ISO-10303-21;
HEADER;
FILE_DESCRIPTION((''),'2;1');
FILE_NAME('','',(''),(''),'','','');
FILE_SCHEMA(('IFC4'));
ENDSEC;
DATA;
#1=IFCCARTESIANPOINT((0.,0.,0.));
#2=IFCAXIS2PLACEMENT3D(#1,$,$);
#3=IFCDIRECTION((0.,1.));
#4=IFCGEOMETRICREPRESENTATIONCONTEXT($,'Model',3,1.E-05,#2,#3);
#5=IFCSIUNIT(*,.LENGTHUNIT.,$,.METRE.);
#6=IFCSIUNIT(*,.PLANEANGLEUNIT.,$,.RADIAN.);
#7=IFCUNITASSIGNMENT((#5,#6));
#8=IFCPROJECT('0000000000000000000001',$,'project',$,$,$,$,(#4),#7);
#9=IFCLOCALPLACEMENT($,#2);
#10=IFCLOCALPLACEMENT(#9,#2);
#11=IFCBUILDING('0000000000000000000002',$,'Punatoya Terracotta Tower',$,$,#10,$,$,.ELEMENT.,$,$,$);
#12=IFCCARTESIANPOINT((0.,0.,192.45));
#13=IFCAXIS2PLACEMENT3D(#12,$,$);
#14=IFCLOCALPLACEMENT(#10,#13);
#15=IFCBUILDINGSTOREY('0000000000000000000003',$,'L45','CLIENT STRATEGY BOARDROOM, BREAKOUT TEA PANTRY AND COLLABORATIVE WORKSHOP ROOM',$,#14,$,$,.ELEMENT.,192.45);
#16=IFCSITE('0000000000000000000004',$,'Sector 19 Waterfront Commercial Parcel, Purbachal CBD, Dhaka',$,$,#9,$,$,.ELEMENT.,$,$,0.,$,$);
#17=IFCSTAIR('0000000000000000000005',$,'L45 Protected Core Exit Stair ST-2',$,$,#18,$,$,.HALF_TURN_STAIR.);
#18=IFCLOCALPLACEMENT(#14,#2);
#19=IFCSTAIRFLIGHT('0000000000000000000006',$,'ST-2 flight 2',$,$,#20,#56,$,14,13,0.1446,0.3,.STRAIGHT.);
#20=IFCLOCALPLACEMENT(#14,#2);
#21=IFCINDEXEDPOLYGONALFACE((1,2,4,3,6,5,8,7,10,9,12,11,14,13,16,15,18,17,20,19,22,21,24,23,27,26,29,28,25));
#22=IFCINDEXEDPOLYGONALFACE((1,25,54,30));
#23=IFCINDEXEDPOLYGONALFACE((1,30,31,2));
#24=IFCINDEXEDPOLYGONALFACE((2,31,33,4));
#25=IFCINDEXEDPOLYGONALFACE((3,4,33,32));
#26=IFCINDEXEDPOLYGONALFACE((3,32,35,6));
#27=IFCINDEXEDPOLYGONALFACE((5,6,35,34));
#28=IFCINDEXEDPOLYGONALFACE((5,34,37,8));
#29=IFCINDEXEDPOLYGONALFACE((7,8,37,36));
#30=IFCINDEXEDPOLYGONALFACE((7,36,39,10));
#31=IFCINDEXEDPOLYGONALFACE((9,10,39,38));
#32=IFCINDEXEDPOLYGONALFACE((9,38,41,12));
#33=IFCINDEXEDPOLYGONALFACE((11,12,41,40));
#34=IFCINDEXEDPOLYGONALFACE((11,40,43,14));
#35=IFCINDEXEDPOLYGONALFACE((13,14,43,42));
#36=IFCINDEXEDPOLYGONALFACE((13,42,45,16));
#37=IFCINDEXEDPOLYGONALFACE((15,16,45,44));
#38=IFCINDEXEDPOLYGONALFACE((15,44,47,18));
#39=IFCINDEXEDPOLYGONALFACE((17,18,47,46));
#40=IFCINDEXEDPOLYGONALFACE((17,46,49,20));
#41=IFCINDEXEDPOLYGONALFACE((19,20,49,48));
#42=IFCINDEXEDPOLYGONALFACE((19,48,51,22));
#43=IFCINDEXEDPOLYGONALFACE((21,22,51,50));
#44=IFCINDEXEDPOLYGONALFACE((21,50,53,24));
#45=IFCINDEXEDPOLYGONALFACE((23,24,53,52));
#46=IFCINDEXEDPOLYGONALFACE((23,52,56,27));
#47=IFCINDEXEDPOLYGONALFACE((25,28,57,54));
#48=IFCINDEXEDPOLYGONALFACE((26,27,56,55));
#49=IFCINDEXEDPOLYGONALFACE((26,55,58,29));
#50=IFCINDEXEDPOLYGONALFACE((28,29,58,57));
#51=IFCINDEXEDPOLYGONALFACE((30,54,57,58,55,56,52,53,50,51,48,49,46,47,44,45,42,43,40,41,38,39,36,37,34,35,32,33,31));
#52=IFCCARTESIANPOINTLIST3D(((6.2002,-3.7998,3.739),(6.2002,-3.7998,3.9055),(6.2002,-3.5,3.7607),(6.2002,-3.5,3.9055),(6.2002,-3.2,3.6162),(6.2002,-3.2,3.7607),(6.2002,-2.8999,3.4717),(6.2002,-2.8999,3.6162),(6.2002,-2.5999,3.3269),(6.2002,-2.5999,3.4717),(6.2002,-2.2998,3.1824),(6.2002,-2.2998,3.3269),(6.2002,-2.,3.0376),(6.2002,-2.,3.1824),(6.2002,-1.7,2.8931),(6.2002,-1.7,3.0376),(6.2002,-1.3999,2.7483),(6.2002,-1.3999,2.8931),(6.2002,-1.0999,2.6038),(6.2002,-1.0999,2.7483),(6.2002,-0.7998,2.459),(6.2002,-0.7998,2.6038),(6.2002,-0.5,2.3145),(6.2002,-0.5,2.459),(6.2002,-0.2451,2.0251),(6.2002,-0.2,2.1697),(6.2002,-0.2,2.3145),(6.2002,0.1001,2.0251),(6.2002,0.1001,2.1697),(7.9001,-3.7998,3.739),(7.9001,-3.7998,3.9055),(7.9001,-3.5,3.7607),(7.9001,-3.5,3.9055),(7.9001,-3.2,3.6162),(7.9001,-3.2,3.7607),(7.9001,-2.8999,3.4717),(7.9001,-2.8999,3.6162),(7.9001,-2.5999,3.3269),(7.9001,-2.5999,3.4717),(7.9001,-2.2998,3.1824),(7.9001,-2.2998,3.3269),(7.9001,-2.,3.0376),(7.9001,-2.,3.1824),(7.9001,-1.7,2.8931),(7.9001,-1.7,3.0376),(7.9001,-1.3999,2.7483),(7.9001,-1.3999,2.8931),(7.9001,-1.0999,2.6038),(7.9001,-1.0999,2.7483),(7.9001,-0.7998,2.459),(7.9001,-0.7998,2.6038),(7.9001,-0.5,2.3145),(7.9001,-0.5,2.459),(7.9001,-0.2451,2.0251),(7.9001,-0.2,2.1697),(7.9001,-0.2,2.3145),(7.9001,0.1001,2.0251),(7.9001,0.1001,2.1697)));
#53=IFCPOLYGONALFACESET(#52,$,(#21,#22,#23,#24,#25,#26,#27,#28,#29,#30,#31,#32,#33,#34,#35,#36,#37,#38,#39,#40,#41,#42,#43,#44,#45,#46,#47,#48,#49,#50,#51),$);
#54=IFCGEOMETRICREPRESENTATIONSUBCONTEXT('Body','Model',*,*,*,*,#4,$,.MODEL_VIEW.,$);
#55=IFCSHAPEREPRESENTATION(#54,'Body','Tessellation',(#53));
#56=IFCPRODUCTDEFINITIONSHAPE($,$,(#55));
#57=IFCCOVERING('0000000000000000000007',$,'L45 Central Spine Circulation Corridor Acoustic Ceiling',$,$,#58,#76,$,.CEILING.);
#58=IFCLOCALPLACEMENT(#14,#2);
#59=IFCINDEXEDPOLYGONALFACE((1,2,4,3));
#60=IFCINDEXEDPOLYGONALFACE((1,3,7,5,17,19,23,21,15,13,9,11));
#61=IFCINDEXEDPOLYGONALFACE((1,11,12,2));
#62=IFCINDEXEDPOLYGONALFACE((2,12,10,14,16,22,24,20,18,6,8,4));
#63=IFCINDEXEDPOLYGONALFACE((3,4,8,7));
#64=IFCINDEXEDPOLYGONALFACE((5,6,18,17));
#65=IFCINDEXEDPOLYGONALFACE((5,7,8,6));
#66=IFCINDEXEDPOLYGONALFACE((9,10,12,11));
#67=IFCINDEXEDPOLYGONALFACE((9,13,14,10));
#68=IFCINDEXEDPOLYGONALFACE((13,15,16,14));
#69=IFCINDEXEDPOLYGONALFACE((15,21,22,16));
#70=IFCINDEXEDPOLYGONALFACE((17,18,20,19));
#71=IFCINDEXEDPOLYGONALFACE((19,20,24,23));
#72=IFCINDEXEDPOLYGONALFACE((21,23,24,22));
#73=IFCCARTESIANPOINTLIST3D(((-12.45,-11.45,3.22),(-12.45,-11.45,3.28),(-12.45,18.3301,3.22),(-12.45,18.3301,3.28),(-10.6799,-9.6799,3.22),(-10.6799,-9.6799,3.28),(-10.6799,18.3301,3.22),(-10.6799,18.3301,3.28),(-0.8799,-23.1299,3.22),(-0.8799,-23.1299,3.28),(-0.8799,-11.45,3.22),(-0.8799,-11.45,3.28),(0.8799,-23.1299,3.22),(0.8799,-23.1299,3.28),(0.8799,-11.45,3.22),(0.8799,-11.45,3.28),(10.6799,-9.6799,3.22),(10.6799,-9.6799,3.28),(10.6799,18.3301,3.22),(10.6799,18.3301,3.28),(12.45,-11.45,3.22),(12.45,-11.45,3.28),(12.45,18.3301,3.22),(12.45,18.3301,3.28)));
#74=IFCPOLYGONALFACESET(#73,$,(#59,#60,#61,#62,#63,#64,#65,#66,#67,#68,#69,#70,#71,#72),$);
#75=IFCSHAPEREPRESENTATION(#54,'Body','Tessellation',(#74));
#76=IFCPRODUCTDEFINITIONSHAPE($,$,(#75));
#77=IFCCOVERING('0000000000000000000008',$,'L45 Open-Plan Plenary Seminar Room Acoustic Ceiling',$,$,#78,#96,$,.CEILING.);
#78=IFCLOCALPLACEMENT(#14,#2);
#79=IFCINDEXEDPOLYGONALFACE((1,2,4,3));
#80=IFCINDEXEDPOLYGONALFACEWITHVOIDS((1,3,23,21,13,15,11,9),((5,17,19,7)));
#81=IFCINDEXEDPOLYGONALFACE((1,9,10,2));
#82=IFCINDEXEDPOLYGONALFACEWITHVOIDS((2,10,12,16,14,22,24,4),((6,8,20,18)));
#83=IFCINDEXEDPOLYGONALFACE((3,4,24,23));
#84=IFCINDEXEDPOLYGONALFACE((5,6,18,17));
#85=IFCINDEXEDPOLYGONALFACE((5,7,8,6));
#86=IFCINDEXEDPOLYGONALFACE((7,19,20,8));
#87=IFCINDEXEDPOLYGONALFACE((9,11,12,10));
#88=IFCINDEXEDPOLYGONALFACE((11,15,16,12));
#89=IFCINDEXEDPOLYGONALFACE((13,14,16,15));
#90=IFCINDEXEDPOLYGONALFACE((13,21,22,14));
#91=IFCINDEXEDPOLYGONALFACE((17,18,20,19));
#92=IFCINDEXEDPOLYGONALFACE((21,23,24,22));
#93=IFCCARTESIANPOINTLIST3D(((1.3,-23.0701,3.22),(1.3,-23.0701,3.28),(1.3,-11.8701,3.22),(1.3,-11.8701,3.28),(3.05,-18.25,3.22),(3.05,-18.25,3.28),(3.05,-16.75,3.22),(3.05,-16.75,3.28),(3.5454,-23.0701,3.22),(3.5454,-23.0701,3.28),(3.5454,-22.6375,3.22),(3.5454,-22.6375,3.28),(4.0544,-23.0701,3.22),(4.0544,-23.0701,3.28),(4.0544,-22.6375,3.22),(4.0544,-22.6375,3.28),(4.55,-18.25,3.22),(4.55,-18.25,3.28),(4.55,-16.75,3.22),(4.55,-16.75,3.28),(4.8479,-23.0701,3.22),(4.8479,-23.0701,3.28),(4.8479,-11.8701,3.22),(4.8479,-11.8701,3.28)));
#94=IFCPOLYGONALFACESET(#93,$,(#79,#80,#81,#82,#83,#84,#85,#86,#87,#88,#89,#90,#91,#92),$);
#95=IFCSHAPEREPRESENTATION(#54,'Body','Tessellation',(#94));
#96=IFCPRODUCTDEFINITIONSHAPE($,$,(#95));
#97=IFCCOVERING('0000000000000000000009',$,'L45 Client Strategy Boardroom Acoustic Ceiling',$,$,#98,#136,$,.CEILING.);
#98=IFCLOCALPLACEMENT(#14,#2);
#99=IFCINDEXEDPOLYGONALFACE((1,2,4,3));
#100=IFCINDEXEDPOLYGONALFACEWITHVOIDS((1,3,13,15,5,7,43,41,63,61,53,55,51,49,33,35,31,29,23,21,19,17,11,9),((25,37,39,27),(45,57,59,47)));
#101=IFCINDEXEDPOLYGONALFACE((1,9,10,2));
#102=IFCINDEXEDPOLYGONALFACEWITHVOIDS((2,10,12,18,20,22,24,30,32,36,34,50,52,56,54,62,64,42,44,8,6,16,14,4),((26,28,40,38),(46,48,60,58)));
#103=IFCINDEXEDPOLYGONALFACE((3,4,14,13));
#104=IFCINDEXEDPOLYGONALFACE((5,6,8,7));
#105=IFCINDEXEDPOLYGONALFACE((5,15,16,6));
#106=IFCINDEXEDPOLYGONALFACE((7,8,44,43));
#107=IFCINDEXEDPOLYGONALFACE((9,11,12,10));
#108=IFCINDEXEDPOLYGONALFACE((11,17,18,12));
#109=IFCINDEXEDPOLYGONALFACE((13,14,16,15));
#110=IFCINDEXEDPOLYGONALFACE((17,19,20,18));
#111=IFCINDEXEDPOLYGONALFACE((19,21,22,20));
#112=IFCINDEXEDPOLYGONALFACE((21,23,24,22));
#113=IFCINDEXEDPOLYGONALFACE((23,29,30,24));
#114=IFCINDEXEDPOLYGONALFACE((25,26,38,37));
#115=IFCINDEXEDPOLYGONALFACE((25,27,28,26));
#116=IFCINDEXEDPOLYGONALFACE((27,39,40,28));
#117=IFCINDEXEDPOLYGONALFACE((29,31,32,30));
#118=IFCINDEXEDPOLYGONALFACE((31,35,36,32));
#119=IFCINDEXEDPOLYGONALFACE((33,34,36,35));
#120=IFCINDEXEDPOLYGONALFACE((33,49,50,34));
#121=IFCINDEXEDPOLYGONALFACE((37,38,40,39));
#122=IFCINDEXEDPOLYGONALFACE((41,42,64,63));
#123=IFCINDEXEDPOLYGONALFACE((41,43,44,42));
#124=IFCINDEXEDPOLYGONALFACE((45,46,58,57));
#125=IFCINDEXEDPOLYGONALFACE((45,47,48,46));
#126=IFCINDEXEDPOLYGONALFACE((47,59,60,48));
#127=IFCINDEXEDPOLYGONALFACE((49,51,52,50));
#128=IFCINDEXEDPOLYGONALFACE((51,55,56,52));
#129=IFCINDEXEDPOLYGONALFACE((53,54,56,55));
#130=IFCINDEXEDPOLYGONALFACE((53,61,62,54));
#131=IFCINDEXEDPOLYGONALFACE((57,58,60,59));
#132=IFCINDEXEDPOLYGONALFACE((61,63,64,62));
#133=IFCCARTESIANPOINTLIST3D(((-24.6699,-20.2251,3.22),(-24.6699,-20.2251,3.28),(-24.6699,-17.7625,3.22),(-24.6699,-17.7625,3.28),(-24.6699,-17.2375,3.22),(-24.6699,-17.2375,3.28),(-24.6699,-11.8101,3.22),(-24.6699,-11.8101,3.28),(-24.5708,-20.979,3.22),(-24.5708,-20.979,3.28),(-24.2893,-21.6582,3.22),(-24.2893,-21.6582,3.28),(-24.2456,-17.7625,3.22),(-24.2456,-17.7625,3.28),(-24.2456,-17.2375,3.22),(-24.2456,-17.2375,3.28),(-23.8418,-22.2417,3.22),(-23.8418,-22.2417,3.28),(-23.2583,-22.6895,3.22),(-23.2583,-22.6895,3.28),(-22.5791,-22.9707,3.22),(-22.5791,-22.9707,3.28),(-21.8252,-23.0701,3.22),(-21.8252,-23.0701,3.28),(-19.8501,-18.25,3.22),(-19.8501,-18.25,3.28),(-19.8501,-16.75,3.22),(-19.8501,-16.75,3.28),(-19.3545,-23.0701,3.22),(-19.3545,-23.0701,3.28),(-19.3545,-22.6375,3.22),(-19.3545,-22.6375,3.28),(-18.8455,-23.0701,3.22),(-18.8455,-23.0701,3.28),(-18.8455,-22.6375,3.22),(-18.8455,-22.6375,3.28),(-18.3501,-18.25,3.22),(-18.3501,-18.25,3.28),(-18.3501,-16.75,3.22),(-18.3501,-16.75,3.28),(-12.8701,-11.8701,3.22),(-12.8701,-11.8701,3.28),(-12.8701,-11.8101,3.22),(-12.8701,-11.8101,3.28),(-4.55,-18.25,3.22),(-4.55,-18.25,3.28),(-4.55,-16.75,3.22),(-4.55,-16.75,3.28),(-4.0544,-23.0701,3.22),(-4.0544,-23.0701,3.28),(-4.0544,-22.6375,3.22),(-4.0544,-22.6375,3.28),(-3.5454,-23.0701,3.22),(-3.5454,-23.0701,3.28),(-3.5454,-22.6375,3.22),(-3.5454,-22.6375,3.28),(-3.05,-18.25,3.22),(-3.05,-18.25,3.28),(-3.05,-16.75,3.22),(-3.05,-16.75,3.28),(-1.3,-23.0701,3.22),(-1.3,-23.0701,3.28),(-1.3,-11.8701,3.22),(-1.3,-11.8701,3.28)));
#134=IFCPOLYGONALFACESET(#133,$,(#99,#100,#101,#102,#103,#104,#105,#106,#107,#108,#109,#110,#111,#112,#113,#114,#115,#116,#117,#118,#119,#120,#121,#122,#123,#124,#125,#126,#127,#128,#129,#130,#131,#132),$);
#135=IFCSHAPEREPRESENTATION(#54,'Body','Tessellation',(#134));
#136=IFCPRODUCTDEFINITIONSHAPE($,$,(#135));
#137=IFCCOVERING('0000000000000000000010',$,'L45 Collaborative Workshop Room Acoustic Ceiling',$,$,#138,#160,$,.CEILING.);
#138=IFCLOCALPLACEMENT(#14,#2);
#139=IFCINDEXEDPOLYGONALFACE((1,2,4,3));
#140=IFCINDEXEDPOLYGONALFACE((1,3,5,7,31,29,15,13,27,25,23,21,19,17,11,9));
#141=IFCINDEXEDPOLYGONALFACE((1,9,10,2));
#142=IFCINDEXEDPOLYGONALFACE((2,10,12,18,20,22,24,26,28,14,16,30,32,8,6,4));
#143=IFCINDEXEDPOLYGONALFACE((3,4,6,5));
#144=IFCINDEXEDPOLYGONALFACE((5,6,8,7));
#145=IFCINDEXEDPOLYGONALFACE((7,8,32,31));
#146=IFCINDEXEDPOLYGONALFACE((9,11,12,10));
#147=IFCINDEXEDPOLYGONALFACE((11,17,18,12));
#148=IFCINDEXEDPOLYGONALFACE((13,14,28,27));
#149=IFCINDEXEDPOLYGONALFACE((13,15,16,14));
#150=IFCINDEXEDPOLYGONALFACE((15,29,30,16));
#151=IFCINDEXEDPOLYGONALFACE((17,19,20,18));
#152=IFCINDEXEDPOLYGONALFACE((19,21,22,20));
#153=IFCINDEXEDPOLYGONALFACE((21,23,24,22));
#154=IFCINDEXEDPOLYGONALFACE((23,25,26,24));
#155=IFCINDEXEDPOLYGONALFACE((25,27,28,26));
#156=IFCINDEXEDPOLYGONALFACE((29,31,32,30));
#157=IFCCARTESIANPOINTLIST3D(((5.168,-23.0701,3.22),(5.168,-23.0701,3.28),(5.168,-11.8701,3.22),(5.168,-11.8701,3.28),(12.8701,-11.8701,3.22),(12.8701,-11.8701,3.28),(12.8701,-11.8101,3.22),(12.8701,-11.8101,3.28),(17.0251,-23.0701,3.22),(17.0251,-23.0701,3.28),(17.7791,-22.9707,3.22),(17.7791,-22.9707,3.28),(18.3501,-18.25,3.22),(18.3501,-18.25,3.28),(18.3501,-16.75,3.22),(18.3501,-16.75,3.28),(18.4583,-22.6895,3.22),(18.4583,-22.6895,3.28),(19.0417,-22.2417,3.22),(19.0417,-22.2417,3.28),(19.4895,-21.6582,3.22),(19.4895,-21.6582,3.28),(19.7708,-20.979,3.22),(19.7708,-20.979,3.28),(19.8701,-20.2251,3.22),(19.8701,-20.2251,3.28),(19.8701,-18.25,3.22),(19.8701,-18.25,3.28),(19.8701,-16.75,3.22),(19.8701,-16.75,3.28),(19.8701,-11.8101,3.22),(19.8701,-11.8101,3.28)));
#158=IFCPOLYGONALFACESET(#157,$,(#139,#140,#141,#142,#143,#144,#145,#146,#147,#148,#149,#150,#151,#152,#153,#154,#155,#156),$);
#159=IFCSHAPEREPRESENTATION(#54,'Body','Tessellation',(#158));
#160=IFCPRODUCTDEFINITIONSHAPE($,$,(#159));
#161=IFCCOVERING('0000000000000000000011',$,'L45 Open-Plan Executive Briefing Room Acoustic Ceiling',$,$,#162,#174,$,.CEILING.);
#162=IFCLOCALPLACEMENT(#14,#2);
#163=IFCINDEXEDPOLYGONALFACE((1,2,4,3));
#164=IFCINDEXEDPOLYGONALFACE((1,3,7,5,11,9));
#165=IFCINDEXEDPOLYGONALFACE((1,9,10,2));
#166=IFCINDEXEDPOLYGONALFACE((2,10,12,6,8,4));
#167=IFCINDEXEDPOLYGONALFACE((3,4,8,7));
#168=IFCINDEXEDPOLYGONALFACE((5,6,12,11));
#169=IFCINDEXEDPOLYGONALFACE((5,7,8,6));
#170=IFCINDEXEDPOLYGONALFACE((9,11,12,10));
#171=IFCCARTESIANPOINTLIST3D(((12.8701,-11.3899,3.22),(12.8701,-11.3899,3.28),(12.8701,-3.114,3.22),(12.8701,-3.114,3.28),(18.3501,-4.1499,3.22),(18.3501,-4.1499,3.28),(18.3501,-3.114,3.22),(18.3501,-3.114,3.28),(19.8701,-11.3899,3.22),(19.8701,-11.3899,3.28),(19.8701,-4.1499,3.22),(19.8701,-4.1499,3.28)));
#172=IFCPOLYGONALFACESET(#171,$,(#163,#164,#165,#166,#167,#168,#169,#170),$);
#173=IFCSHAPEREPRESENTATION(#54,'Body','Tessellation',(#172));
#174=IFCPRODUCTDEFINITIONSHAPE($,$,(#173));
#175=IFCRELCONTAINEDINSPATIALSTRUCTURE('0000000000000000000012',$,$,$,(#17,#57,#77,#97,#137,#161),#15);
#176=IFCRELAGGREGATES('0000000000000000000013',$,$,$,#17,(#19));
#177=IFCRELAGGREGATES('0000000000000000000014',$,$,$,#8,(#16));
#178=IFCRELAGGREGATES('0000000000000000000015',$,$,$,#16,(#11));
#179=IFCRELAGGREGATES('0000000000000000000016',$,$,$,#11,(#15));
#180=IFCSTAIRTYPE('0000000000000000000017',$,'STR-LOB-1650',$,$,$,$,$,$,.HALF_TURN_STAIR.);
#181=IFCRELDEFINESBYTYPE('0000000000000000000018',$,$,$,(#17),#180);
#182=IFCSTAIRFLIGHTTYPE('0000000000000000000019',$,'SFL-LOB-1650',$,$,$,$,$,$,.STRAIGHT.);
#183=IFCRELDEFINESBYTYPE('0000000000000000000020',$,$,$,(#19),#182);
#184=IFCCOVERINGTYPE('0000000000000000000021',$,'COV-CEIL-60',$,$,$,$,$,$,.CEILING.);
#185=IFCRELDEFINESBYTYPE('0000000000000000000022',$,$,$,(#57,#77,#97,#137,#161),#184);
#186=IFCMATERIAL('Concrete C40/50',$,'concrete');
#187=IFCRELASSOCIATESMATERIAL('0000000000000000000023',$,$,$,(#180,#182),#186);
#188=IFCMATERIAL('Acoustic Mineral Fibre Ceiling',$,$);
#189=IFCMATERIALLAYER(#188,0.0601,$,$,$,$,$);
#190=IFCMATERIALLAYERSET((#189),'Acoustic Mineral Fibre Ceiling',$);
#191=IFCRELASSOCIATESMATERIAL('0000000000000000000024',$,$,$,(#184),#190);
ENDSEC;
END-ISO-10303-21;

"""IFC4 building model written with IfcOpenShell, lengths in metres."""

from ifc_helpers import new_model, si_unit, direction, frame, origin, place, context, subcontext, project, spatial, polyline, outline, extrude, material, layer, layer_set, type_object, element, aggregate, save


model = new_model("IFC4")

# Units and contexts
model_context = context("Model", 3, precision=1e-05, world=origin(), true_north=direction((0.0, 1.0)))
body_context = subcontext(model_context, "Body", "Model", "MODEL_VIEW")
ifc_project = project(units=[si_unit("LENGTHUNIT", "METRE"), si_unit("PLANEANGLEUNIT", "RADIAN")], contexts=[model_context])

# Site, building, storey
site_placement = place(None, origin())
site = spatial("IfcSite", under=ifc_project, at=site_placement, Name="Sector 19 Waterfront Commercial Parcel, Purbachal CBD, Dhaka", CompositionType="ELEMENT", RefElevation=0.0)
building_placement = place(site_placement, origin())
building = spatial("IfcBuilding", under=site, at=building_placement, Name="Punatoya Terracotta Tower", CompositionType="ELEMENT")
storey_placement = place(building_placement, frame((0.0, 0.0, 192.45)))
storey = spatial("IfcBuildingStorey", under=building, at=storey_placement, Name="L45", Description="CLIENT STRATEGY BOARDROOM, BREAKOUT TEA PANTRY AND COLLABORATIVE WORKSHOP ROOM", CompositionType="ELEMENT", Elevation=192.45)

# Stair
ifc_material_1 = material(Name="Concrete C40/50", Category="concrete")
stair_type_1 = type_object("IfcStairType", Name="STR-LOB-1650", PredefinedType="HALF_TURN_STAIR", material=ifc_material_1)
stair_1_placement = place(storey_placement, origin())
stair_1 = element("IfcStair", 1, at=stair_1_placement, inside=storey, type_object=stair_type_1, Name="L45 Protected Core Exit Stair ST-2", PredefinedType="HALF_TURN_STAIR")

# Stair flight
stair_flight_type = type_object("IfcStairFlightType", Name="SFL-LOB-1650", PredefinedType="STRAIGHT", material=ifc_material_1)
stair_flight_placement = place(storey_placement, frame((7.05, 0.1001, 2.0251), z_axis=(0.0, 0.0, 1.0), x_axis=(0.0, -1.0, 0.0)))
stair_flight = element("IfcStairFlight", 2, at=stair_flight_placement, type_object=stair_flight_type, Name="ST-2 flight 2", NumberOfRisers=14, NumberOfTreads=13, PredefinedType="STRAIGHT", RiserHeight=0.1446, TreadLength=0.3, context=body_context, shape_type="SweptSolid", body=[
    extrude(outline(polyline([(0.0, 0.0), (0.0, 0.1445), (0.3, 0.1445), (0.3, 0.2893), (0.6001, 0.2893), (0.6001, 0.4338), (0.8999, 0.4338), (0.8999, 0.5786), (1.2, 0.5786), (1.2, 0.7231), (1.5, 0.7231), (1.5, 0.8679), (1.8, 0.8679), (1.8, 1.0125), (2.1001, 1.0125), (2.1001, 1.1572), (2.3999, 1.1572), (2.3999, 1.3018), (2.7, 1.3018), (2.7, 1.4465), (3.0, 1.4465), (3.0, 1.5911), (3.3, 1.5911), (3.3, 1.7356), (3.6001, 1.7356), (3.6001, 1.8804), (3.8999, 1.8804), (3.8999, 2.0249), (3.8999, 1.7139), (0.3452, 0.0), (0.0, 0.0)])), frame((0.0, 0.8501, 0.0), z_axis=(0.0, -1.0, 0.0), x_axis=(1.0, 0.0, 0.0)), (0.0, 0.0, 1.0), 1.7),
])
aggregate(stair_1, [stair_flight])

# Coverings
ifc_material_2 = material(Name="Acoustic Mineral Fibre Ceiling")
ifc_layer_1 = layer(ifc_material_2, 0.0601)
ifc_layer_set_1 = layer_set([ifc_layer_1], Name="Acoustic Mineral Fibre Ceiling")
covering_type = type_object("IfcCoveringType", Name="COV-CEIL-60", PredefinedType="CEILING", material=ifc_layer_set_1)
covering_1_placement = place(storey_placement, frame((0.0, 0.0, 3.22)))
element("IfcCovering", 3, at=covering_1_placement, inside=storey, type_object=covering_type, Name="L45 Central Spine Circulation Corridor Acoustic Ceiling", PredefinedType="CEILING", context=body_context, shape_type="SweptSolid", body=[
    extrude(outline(polyline([(12.45, -11.45), (12.45, 18.3301), (10.6799, 18.3301), (10.6799, -9.6799), (-10.6799, -9.6799), (-10.6799, 18.3301), (-12.45, 18.3301), (-12.45, -11.45), (-0.8799, -11.45), (-0.8799, -23.1299), (0.8799, -23.1299), (0.8799, -11.45), (12.45, -11.45)])), origin(), (0.0, 0.0, 1.0), 0.0601),
])
covering_2_placement = place(storey_placement, frame((0.0, 0.0, 3.22)))
element("IfcCovering", 4, at=covering_2_placement, inside=storey, type_object=covering_type, Name="L45 Open-Plan Plenary Seminar Room Acoustic Ceiling", PredefinedType="CEILING", context=body_context, shape_type="SweptSolid", body=[
    extrude(outline(polyline([(1.3, -23.0701), (3.5454, -23.0701), (3.5454, -22.6375), (4.0544, -22.6375), (4.0544, -23.0701), (4.8479, -23.0701), (4.8479, -11.8701), (1.3, -11.8701), (1.3, -23.0701)]), holes=[polyline([(4.55, -16.75), (4.55, -18.25), (3.05, -18.25), (3.05, -16.75), (4.55, -16.75)])]), origin(), (0.0, 0.0, 1.0), 0.0601),
])
covering_3_placement = place(storey_placement, frame((0.0, 0.0, 3.22)))
element("IfcCovering", 5, at=covering_3_placement, inside=storey, type_object=covering_type, Name="L45 Client Strategy Boardroom Acoustic Ceiling", PredefinedType="CEILING", context=body_context, shape_type="SweptSolid", body=[
    extrude(outline(polyline([(-18.8455, -23.0701), (-4.0544, -23.0701), (-4.0544, -22.6375), (-3.5454, -22.6375), (-3.5454, -23.0701), (-1.3, -23.0701), (-1.3, -11.8701), (-12.8701, -11.8701), (-12.8701, -11.8101), (-24.6699, -11.8101), (-24.6699, -17.2375), (-24.2456, -17.2375), (-24.2456, -17.7625), (-24.6699, -17.7625), (-24.6699, -20.2251), (-24.5708, -20.979), (-24.2893, -21.6582), (-23.8418, -22.2417), (-23.2583, -22.6895), (-22.5791, -22.9707), (-21.8252, -23.0701), (-19.3545, -23.0701), (-19.3545, -22.6375), (-18.8455, -22.6375), (-18.8455, -23.0701)]), holes=[polyline([(-4.55, -16.75), (-3.05, -16.75), (-3.05, -18.25), (-4.55, -18.25), (-4.55, -16.75)]), polyline([(-19.8501, -18.25), (-19.8501, -16.75), (-18.3501, -16.75), (-18.3501, -18.25), (-19.8501, -18.25)])]), origin(), (0.0, 0.0, 1.0), 0.0601),
])
covering_4_placement = place(storey_placement, frame((0.0, 0.0, 3.22)))
element("IfcCovering", 6, at=covering_4_placement, inside=storey, type_object=covering_type, Name="L45 Collaborative Workshop Room Acoustic Ceiling", PredefinedType="CEILING", context=body_context, shape_type="SweptSolid", body=[
    extrude(outline(polyline([(12.8701, -11.8701), (5.168, -11.8701), (5.168, -23.0701), (17.0251, -23.0701), (17.7791, -22.9707), (18.4583, -22.6895), (19.0417, -22.2417), (19.4895, -21.6582), (19.7708, -20.979), (19.8701, -20.2251), (19.8701, -18.25), (18.3501, -18.25), (18.3501, -16.75), (19.8701, -16.75), (19.8701, -11.8101), (12.8701, -11.8101), (12.8701, -11.8701)])), origin(), (0.0, 0.0, 1.0), 0.0601),
])
covering_5_placement = place(storey_placement, frame((0.0, 0.0, 3.22)))
element("IfcCovering", 7, at=covering_5_placement, inside=storey, type_object=covering_type, Name="L45 Open-Plan Executive Briefing Room Acoustic Ceiling", PredefinedType="CEILING", context=body_context, shape_type="SweptSolid", body=[
    extrude(outline(polyline([(19.8701, -11.3899), (19.8701, -4.1499), (18.3501, -4.1499), (18.3501, -3.114), (12.8701, -3.114), (12.8701, -11.3899), (19.8701, -11.3899)])), origin(), (0.0, 0.0, 1.0), 0.0601),
])

save(model, "model.ifc")
